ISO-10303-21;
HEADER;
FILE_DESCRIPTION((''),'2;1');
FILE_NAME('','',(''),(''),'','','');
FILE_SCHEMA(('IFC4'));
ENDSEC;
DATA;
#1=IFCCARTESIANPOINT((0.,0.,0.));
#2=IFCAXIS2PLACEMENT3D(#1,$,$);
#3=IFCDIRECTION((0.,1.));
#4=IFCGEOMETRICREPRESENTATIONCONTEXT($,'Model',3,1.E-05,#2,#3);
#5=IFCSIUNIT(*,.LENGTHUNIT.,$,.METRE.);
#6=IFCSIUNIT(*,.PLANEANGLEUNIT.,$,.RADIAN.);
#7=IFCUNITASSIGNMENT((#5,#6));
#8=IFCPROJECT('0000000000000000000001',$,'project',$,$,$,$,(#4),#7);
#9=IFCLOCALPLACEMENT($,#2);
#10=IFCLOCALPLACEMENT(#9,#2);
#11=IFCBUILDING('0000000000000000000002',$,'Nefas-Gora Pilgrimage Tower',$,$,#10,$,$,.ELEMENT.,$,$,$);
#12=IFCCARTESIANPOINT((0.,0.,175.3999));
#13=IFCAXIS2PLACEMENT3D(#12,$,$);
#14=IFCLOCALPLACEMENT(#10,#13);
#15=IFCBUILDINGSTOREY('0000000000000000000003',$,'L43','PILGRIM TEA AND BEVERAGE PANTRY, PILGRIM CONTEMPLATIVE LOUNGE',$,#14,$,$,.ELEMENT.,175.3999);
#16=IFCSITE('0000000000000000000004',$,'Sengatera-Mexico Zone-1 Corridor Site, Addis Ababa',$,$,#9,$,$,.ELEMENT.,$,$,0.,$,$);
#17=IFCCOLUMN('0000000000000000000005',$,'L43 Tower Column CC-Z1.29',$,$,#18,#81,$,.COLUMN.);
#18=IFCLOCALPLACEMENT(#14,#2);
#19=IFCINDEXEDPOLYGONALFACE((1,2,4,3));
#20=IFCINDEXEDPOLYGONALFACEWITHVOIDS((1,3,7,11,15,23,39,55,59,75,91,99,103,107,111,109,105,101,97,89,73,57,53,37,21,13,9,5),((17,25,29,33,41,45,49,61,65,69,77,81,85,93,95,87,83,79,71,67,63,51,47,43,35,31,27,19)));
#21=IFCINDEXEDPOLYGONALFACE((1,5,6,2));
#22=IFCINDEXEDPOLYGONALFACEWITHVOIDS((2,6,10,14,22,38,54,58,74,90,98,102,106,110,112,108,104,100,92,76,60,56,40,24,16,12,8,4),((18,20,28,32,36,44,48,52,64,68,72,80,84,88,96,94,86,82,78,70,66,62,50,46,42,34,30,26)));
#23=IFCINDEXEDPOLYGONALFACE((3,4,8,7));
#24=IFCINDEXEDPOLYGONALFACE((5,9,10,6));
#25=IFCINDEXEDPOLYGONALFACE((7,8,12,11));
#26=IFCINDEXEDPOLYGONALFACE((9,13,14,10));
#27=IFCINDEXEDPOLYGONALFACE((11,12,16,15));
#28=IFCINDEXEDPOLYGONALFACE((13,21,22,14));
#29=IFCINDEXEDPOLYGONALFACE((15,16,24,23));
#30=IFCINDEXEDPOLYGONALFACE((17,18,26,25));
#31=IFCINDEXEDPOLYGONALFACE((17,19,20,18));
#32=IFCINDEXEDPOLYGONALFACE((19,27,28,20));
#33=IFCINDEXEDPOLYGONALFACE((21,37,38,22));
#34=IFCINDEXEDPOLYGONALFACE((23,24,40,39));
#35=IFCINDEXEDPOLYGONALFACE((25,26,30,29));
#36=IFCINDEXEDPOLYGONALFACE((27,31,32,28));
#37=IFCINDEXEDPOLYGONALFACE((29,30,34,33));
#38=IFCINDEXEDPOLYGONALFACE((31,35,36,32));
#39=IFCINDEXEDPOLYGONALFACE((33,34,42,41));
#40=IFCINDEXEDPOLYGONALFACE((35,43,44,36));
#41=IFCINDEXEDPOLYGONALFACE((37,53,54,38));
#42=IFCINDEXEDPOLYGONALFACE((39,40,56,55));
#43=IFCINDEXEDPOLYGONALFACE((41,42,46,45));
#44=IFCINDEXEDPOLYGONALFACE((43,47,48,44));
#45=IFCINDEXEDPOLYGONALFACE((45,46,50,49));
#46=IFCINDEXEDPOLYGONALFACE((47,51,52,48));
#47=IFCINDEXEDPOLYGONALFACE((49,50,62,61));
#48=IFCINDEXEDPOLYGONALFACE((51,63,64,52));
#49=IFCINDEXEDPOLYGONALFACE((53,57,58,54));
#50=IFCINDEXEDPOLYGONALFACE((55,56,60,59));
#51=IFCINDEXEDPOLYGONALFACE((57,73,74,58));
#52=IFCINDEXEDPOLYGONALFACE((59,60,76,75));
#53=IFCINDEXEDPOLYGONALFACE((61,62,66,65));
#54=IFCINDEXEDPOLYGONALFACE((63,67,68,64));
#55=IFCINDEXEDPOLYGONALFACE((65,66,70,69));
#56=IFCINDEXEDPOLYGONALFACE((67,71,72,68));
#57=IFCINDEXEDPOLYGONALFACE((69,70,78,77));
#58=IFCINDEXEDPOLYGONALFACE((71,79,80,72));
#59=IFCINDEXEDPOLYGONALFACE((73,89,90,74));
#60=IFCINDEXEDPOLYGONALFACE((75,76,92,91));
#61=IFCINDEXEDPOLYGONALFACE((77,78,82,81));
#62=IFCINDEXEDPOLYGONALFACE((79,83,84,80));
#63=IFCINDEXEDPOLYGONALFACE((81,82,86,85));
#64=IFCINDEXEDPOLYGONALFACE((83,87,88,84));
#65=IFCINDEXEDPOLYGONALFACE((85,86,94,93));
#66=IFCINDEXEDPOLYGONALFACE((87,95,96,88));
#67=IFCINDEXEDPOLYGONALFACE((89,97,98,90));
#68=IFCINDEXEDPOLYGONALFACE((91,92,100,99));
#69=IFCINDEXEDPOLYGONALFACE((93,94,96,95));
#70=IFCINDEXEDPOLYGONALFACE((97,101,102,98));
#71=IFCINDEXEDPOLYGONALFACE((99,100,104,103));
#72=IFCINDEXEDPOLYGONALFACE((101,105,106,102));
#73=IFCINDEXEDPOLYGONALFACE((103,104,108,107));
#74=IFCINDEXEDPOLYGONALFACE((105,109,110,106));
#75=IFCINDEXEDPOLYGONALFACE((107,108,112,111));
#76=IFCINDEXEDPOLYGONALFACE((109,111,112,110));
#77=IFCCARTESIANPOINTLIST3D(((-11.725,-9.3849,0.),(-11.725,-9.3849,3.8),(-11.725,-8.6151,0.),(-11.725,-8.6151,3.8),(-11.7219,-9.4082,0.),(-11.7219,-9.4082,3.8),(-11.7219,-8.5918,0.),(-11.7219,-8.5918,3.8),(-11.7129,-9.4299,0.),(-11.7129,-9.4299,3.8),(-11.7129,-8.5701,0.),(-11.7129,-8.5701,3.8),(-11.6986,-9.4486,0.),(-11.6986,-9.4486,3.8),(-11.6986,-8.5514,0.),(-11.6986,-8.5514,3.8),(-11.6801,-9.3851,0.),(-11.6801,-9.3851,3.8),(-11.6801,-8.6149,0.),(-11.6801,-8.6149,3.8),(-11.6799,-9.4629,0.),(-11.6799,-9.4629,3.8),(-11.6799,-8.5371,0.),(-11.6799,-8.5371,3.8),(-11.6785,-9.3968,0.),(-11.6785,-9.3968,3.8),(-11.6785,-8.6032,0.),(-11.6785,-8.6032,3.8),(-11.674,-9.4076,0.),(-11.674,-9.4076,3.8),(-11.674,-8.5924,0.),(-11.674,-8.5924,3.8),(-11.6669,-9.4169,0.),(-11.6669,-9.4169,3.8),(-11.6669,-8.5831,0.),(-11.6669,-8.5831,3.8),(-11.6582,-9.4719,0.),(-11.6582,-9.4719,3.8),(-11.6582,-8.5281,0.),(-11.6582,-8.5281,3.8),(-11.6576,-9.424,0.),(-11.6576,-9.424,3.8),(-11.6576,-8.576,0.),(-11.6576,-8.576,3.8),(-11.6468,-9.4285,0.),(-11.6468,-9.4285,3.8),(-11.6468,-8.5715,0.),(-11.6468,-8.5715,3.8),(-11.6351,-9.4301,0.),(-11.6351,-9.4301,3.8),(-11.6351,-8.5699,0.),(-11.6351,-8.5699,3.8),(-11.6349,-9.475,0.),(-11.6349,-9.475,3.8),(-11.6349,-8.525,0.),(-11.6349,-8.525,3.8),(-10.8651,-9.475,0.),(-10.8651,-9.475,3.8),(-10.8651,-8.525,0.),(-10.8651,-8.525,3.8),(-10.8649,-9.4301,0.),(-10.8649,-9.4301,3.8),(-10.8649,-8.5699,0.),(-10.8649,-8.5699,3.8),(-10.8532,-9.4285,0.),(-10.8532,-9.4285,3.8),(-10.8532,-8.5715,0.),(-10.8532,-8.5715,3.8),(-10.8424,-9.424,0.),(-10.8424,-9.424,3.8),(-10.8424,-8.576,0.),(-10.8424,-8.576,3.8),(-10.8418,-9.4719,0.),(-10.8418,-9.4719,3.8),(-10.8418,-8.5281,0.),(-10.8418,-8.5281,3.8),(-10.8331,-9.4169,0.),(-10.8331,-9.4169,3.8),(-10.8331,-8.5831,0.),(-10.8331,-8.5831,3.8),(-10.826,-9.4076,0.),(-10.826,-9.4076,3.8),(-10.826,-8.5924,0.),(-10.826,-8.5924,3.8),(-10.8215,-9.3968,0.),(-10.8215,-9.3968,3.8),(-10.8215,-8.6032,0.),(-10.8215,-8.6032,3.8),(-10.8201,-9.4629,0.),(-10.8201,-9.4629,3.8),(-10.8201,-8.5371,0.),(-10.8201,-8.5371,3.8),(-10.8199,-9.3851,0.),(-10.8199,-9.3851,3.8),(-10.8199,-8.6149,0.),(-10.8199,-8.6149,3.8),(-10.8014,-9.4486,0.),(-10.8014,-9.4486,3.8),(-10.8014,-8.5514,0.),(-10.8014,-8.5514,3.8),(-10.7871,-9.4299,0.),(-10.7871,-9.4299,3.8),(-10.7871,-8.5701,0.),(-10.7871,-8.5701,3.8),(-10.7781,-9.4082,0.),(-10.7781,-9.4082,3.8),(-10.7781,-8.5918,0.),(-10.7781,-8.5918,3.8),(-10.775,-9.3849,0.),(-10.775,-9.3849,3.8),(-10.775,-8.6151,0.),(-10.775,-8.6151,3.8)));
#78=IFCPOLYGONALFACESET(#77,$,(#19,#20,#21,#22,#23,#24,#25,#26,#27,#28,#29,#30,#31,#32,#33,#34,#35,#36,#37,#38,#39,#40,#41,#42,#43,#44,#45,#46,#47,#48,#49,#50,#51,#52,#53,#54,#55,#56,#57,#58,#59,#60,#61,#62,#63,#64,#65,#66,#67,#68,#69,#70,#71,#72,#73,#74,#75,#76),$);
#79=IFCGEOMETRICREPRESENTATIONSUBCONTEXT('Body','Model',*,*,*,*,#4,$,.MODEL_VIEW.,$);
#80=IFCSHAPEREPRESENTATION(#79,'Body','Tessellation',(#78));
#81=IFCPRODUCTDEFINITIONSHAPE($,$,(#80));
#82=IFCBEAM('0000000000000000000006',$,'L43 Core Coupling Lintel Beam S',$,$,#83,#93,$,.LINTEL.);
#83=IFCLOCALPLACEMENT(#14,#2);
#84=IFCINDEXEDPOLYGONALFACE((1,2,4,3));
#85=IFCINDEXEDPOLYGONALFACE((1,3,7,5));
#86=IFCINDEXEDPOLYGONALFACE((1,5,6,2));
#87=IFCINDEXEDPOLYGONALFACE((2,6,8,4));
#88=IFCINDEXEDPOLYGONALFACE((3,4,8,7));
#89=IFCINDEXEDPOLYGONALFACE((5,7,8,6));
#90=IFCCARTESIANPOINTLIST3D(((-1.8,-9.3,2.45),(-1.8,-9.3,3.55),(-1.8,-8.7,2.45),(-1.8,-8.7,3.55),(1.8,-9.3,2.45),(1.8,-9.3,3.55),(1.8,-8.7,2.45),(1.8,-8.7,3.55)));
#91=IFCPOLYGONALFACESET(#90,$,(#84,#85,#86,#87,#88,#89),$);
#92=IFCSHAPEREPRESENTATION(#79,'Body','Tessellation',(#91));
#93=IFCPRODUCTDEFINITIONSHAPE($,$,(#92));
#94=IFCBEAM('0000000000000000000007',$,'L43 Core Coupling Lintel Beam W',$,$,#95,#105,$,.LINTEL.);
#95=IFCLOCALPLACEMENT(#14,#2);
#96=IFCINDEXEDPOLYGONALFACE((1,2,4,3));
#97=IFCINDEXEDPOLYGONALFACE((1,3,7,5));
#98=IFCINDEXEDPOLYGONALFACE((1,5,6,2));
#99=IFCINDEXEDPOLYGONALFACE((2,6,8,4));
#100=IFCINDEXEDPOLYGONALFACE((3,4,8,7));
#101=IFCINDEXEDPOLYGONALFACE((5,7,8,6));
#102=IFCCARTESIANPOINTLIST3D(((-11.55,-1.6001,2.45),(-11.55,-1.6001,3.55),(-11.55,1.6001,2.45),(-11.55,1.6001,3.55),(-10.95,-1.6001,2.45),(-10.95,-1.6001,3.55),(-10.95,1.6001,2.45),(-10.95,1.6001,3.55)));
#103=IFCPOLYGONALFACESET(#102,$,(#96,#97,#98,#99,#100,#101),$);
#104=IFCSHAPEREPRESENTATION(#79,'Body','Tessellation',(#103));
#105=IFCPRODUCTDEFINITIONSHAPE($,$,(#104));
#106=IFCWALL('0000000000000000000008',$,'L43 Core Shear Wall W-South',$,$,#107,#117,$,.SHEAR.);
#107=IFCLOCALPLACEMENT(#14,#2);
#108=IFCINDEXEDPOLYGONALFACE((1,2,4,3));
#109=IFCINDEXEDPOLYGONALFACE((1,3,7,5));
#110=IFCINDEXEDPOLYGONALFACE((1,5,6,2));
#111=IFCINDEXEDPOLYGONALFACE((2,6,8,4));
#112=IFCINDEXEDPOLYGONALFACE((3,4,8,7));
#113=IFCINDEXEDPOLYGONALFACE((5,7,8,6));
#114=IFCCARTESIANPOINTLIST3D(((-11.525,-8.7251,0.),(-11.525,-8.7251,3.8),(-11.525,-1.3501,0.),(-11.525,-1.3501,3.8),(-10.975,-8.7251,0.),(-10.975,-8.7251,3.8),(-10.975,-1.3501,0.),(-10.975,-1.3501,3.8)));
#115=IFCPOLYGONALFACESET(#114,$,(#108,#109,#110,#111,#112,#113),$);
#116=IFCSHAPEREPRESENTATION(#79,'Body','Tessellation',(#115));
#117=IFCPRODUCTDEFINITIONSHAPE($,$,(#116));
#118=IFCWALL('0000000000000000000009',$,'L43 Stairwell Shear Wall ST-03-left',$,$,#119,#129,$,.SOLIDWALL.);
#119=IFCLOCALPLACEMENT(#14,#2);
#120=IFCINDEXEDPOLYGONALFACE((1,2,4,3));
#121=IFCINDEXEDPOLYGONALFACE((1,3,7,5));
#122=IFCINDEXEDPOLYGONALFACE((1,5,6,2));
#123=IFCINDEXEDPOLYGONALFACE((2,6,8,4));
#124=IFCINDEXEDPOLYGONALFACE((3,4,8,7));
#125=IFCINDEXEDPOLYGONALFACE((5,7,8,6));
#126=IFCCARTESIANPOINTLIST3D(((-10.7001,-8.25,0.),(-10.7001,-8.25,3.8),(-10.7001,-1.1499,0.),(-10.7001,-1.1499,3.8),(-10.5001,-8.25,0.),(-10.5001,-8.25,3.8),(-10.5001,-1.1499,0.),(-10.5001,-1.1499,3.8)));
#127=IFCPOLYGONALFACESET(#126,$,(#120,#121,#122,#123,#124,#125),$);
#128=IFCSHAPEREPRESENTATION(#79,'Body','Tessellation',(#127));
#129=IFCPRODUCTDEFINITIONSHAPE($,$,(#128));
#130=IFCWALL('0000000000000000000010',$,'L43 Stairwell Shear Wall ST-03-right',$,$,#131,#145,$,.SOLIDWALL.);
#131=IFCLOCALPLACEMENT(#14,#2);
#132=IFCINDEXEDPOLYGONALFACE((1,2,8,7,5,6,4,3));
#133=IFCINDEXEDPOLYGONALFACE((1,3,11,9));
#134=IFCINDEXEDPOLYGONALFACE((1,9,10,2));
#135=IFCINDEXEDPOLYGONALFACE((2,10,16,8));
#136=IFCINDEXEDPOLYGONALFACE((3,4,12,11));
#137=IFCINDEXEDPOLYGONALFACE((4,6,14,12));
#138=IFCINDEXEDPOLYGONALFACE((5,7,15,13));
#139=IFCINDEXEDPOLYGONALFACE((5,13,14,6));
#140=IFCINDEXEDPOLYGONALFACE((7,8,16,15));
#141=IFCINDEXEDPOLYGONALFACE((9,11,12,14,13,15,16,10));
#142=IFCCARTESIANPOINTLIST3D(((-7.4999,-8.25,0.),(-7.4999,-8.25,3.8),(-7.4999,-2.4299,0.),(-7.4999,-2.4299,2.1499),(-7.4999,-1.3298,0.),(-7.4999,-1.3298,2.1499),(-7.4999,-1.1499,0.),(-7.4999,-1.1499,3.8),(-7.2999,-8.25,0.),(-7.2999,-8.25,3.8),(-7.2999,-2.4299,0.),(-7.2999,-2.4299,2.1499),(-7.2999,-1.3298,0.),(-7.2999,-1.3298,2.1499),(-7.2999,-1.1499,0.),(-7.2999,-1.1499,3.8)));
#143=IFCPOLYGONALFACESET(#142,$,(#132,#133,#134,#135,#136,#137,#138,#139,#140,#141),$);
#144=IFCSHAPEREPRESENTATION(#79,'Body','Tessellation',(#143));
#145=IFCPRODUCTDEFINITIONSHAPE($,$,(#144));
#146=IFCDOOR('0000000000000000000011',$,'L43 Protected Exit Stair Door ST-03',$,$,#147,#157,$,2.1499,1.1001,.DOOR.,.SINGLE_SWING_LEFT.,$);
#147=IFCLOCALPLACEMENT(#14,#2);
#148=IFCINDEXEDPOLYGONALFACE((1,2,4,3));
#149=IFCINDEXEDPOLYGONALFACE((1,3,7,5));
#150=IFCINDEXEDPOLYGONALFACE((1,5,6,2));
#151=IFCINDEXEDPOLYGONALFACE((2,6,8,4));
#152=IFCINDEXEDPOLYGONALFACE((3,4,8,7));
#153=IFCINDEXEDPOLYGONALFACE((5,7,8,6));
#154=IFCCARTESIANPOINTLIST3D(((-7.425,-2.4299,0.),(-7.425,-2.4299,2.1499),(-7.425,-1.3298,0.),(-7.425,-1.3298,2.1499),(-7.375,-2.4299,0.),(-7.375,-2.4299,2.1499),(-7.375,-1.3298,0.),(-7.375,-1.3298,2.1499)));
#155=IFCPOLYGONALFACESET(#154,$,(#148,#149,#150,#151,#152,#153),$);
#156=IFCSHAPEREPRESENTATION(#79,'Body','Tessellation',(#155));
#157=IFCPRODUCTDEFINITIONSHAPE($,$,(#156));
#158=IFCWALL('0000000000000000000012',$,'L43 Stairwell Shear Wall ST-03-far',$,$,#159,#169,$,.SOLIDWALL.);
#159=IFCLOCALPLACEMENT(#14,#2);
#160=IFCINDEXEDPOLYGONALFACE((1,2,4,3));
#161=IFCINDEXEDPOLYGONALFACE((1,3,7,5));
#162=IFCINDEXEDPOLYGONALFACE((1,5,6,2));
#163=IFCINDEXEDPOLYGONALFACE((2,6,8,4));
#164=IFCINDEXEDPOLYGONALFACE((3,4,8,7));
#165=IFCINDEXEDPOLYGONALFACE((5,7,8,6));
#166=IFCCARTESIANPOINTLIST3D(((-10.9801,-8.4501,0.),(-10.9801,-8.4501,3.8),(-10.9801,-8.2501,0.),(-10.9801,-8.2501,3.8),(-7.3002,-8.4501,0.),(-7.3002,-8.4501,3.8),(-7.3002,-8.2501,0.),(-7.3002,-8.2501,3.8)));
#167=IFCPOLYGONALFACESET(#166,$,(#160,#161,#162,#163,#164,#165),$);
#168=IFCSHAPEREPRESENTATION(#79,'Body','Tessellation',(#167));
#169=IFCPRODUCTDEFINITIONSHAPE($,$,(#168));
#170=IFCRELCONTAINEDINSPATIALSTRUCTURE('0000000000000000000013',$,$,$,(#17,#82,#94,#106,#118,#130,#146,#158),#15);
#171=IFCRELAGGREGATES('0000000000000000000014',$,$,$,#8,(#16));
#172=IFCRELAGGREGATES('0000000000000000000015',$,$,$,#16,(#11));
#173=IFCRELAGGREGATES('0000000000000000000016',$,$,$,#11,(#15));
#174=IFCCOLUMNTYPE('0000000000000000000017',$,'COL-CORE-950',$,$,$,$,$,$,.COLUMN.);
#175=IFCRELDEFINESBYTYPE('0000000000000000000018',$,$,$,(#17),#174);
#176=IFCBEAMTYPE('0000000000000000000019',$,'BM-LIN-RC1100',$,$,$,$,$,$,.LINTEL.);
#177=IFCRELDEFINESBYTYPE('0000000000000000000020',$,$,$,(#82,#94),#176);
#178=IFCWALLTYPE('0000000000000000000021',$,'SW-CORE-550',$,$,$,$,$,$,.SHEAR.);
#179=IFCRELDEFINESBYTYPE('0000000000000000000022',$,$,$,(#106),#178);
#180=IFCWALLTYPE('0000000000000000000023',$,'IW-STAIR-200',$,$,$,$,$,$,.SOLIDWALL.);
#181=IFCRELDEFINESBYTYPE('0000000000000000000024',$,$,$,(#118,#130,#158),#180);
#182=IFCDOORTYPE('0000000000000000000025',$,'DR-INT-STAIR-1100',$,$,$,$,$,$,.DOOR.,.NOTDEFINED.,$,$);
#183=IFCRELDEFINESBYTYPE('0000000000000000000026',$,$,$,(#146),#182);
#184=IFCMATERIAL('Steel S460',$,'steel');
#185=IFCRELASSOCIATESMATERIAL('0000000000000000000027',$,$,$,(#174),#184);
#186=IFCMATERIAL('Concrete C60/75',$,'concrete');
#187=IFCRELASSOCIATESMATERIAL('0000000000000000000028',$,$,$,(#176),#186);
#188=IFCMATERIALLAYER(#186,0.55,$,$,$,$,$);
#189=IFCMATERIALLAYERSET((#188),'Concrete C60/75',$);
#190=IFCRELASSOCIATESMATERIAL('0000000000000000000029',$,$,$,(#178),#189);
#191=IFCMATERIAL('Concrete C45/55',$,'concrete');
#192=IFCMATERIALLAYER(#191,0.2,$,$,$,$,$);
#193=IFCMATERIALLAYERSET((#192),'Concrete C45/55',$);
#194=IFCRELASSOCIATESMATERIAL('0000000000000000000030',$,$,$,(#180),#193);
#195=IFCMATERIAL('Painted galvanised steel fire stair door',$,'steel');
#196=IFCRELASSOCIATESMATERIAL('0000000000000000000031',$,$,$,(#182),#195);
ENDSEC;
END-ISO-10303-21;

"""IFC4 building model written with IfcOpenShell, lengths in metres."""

from ifc_helpers import new_model, si_unit, direction, frame, frame_2d, origin, origin_2d, place, context, subcontext, project, spatial, rectangle, hollow_rectangle, extrude, source, transform, mapped, material, layer, layer_set, material_profile, profile_set, type_object, element, fill, save


model = new_model("IFC4")

# Units and contexts
model_context = context("Model", 3, precision=1e-05, world=origin(), true_north=direction((0.0, 1.0)))
body_context = subcontext(model_context, "Body", "Model", "MODEL_VIEW")
ifc_project = project(units=[si_unit("LENGTHUNIT", "METRE"), si_unit("PLANEANGLEUNIT", "RADIAN")], contexts=[model_context])

# Site, building, storey
site_placement = place(None, origin())
site = spatial("IfcSite", under=ifc_project, at=site_placement, Name="Sengatera-Mexico Zone-1 Corridor Site, Addis Ababa", CompositionType="ELEMENT", RefElevation=0.0)
building_placement = place(site_placement, origin())
building = spatial("IfcBuilding", under=site, at=building_placement, Name="Nefas-Gora Pilgrimage Tower", CompositionType="ELEMENT")
storey_placement = place(building_placement, frame((0.0, 0.0, 175.3999)))
storey = spatial("IfcBuildingStorey", under=building, at=storey_placement, Name="L43", Description="PILGRIM TEA AND BEVERAGE PANTRY, PILGRIM CONTEMPLATIVE LOUNGE", CompositionType="ELEMENT", Elevation=175.3999)

# Column
ifc_material_1 = material(Name="Steel S460", Category="steel")
ifc_material_profile_1 = material_profile(ifc_material_1, hollow_rectangle(XDim=0.95, YDim=0.95, WallThickness=0.0449, InnerFilletRadius=0.0449, OuterFilletRadius=0.0901, at=origin_2d()), Name="BOX 950x950x45")
ifc_profile_set_1 = profile_set([ifc_material_profile_1], Name="Steel S460")
column_type = type_object("IfcColumnType", Name="COL-CORE-950", PredefinedType="COLUMN", material=ifc_profile_set_1)
shared_shape_1 = source(origin(), body_context, "Body", "SweptSolid", [
    extrude(hollow_rectangle(XDim=0.95, YDim=0.95, WallThickness=0.0449, InnerFilletRadius=0.0449, OuterFilletRadius=0.0901, at=origin_2d()), origin(), (0.0, 0.0, 1.0), 3.8),
])
column_placement = place(storey_placement, frame((-11.25, -9.0, 0.0), z_axis=(0.0, 0.0, 1.0), x_axis=(1.0, 0.0, 0.0)))
element("IfcColumn", 1, at=column_placement, inside=storey, type_object=column_type, Name="L43 Tower Column CC-Z1.29", PredefinedType="COLUMN", context=body_context, shape_type="MappedRepresentation", body=[
    mapped(shared_shape_1, transform((0.0, 0.0, 0.0), x_axis=(1.0, 0.0, 0.0), y_axis=(0.0, 1.0, 0.0), z_axis=(0.0, 0.0, 1.0), scale=1.0)),
])

# Beams
ifc_material_2 = material(Name="Concrete C60/75", Category="concrete")
ifc_material_profile_2 = material_profile(ifc_material_2, rectangle(XDim=0.6001, YDim=1.1001, at=origin_2d()), Name="RC 600x1100")
ifc_profile_set_2 = profile_set([ifc_material_profile_2], Name="Concrete C60/75")
beam_type = type_object("IfcBeamType", Name="BM-LIN-RC1100", PredefinedType="LINTEL", material=ifc_profile_set_2)
shared_shape_2 = source(origin(), body_context, "Body", "SweptSolid", [
    extrude(rectangle(XDim=0.6001, YDim=1.1001, at=origin_2d()), origin(), (0.0, 0.0, 1.0), 3.6001),
])
beam_1_placement = place(storey_placement, frame((-1.8, -9.0, 3.0), z_axis=(1.0, 0.0, 0.0), x_axis=(0.0, 1.0, 0.0)))
element("IfcBeam", 2, at=beam_1_placement, inside=storey, type_object=beam_type, Name="L43 Core Coupling Lintel Beam S", PredefinedType="LINTEL", context=body_context, shape_type="MappedRepresentation", body=[
    mapped(shared_shape_2, transform((0.0, 0.0, 0.0), x_axis=(1.0, 0.0, 0.0), y_axis=(0.0, 1.0, 0.0), z_axis=(0.0, 0.0, 1.0), scale=1.0)),
])
shared_shape_3 = source(origin(), body_context, "Body", "SweptSolid", [
    extrude(rectangle(XDim=0.6001, YDim=1.1001, at=origin_2d()), origin(), (0.0, 0.0, 1.0), 3.2002),
])
beam_2_placement = place(storey_placement, frame((-11.25, -1.6001, 3.0), z_axis=(0.0, 1.0, 0.0), x_axis=(-1.0, 0.0, 0.0)))
element("IfcBeam", 3, at=beam_2_placement, inside=storey, type_object=beam_type, Name="L43 Core Coupling Lintel Beam W", PredefinedType="LINTEL", context=body_context, shape_type="MappedRepresentation", body=[
    mapped(shared_shape_3, transform((0.0, 0.0, 0.0), x_axis=(1.0, 0.0, 0.0), y_axis=(0.0, 1.0, 0.0), z_axis=(0.0, 0.0, 1.0), scale=1.0)),
])

# Walls
ifc_layer_1 = layer(ifc_material_2, 0.55)
ifc_layer_set_1 = layer_set([ifc_layer_1], Name="Concrete C60/75")
wall_type_1 = type_object("IfcWallType", Name="SW-CORE-550", PredefinedType="SHEAR", material=ifc_layer_set_1)
shared_shape_4 = source(origin(), body_context, "Body", "SweptSolid", [
    extrude(rectangle(XDim=7.375, YDim=0.55, at=frame_2d((3.6875, 0.0))), origin(), (0.0, 0.0, 1.0), 3.8),
])
wall_1_placement = place(storey_placement, frame((-11.25, -8.7251, 0.0), z_axis=(0.0, 0.0, 1.0), x_axis=(0.0, 1.0, 0.0)))
element("IfcWall", 4, at=wall_1_placement, inside=storey, type_object=wall_type_1, Name="L43 Core Shear Wall W-South", PredefinedType="SHEAR", context=body_context, shape_type="MappedRepresentation", body=[
    mapped(shared_shape_4, transform((0.0, 0.0, 0.0), x_axis=(1.0, 0.0, 0.0), y_axis=(0.0, 1.0, 0.0), z_axis=(0.0, 0.0, 1.0), scale=1.0)),
])
ifc_material_3 = material(Name="Concrete C45/55", Category="concrete")
ifc_layer_2 = layer(ifc_material_3, 0.2)
ifc_layer_set_2 = layer_set([ifc_layer_2], Name="Concrete C45/55")
wall_type_2 = type_object("IfcWallType", Name="IW-STAIR-200", PredefinedType="SOLIDWALL", material=ifc_layer_set_2)
shared_shape_5 = source(origin(), body_context, "Body", "SweptSolid", [
    extrude(rectangle(XDim=7.1001, YDim=0.2, at=frame_2d((3.55, 0.0))), origin(), (0.0, 0.0, 1.0), 3.8),
])
wall_2_placement = place(storey_placement, frame((-10.6001, -1.1499, 0.0), z_axis=(0.0, 0.0, 1.0), x_axis=(0.0, -1.0, 0.0)))
element("IfcWall", 5, at=wall_2_placement, inside=storey, type_object=wall_type_2, Name="L43 Stairwell Shear Wall ST-03-left", PredefinedType="SOLIDWALL", context=body_context, shape_type="MappedRepresentation", body=[
    mapped(shared_shape_5, transform((0.0, 0.0, 0.0), x_axis=(1.0, 0.0, 0.0), y_axis=(0.0, 1.0, 0.0), z_axis=(0.0, 0.0, 1.0), scale=1.0)),
])

# Wall, opening, door
wall_3_placement = place(storey_placement, frame((-7.3999, -1.1499, 0.0), z_axis=(0.0, 0.0, 1.0), x_axis=(0.0, -1.0, 0.0)))
wall_3 = element("IfcWall", 6, at=wall_3_placement, inside=storey, type_object=wall_type_2, Name="L43 Stairwell Shear Wall ST-03-right", PredefinedType="SOLIDWALL", context=body_context, shape_type="MappedRepresentation", body=[
    mapped(shared_shape_5, transform((0.0, 0.0, 0.0), x_axis=(1.0, 0.0, 0.0), y_axis=(0.0, 1.0, 0.0), z_axis=(0.0, 0.0, 1.0), scale=1.0)),
])
opening_1_placement = place(wall_3_placement, frame((0.1799, 0.0, 0.0)))
opening_1 = element("IfcOpeningElement", 7, at=opening_1_placement, cuts=wall_3, PredefinedType="OPENING", context=body_context, shape_type="SweptSolid", body=[
    extrude(rectangle(XDim=1.1001, YDim=2.1499, at=frame_2d((0.55, 1.075))), frame((0.0, 0.1099, 0.0), z_axis=(0.0, -1.0, 0.0), x_axis=(1.0, 0.0, 0.0)), (0.0, 0.0, 1.0), 0.22),
])
ifc_material_4 = material(Name="Painted galvanised steel fire stair door", Category="steel")
door_type_1 = type_object("IfcDoorType", Name="DR-INT-STAIR-1100", OperationType="NOTDEFINED", PredefinedType="DOOR", material=ifc_material_4)
shared_shape_6 = source(origin(), body_context, "Body", "SweptSolid", [
    extrude(rectangle(XDim=1.1001, YDim=2.1499, at=frame_2d((0.55, 1.075))), frame((0.0, 0.0249, 0.0), z_axis=(0.0, -1.0, 0.0), x_axis=(1.0, 0.0, 0.0)), (0.0, 0.0, 1.0), 0.05),
])
door_1_placement = place(opening_1_placement, origin())
door_1 = element("IfcDoor", 8, at=door_1_placement, inside=storey, type_object=door_type_1, Name="L43 Protected Exit Stair Door ST-03", OperationType="SINGLE_SWING_LEFT", OverallHeight=2.1499, OverallWidth=1.1001, PredefinedType="DOOR", context=body_context, shape_type="MappedRepresentation", body=[
    mapped(shared_shape_6, transform((0.0, 0.0, 0.0), x_axis=(1.0, 0.0, 0.0), y_axis=(0.0, 1.0, 0.0), z_axis=(0.0, 0.0, 1.0), scale=1.0)),
])
fill(opening_1, door_1)

# Wall
shared_shape_7 = source(origin(), body_context, "Body", "SweptSolid", [
    extrude(rectangle(XDim=3.6799, YDim=0.2, at=frame_2d((1.8398, 0.0))), origin(), (0.0, 0.0, 1.0), 3.8),
])
wall_4_placement = place(storey_placement, frame((-10.98, -8.3501, 0.0), z_axis=(0.0, 0.0, 1.0), x_axis=(1.0, 0.0, 0.0)))
element("IfcWall", 9, at=wall_4_placement, inside=storey, type_object=wall_type_2, Name="L43 Stairwell Shear Wall ST-03-far", PredefinedType="SOLIDWALL", context=body_context, shape_type="MappedRepresentation", body=[
    mapped(shared_shape_7, transform((0.0, 0.0, 0.0), x_axis=(1.0, 0.0, 0.0), y_axis=(0.0, 1.0, 0.0), z_axis=(0.0, 0.0, 1.0), scale=1.0)),
])

save(model, "model.ifc")
